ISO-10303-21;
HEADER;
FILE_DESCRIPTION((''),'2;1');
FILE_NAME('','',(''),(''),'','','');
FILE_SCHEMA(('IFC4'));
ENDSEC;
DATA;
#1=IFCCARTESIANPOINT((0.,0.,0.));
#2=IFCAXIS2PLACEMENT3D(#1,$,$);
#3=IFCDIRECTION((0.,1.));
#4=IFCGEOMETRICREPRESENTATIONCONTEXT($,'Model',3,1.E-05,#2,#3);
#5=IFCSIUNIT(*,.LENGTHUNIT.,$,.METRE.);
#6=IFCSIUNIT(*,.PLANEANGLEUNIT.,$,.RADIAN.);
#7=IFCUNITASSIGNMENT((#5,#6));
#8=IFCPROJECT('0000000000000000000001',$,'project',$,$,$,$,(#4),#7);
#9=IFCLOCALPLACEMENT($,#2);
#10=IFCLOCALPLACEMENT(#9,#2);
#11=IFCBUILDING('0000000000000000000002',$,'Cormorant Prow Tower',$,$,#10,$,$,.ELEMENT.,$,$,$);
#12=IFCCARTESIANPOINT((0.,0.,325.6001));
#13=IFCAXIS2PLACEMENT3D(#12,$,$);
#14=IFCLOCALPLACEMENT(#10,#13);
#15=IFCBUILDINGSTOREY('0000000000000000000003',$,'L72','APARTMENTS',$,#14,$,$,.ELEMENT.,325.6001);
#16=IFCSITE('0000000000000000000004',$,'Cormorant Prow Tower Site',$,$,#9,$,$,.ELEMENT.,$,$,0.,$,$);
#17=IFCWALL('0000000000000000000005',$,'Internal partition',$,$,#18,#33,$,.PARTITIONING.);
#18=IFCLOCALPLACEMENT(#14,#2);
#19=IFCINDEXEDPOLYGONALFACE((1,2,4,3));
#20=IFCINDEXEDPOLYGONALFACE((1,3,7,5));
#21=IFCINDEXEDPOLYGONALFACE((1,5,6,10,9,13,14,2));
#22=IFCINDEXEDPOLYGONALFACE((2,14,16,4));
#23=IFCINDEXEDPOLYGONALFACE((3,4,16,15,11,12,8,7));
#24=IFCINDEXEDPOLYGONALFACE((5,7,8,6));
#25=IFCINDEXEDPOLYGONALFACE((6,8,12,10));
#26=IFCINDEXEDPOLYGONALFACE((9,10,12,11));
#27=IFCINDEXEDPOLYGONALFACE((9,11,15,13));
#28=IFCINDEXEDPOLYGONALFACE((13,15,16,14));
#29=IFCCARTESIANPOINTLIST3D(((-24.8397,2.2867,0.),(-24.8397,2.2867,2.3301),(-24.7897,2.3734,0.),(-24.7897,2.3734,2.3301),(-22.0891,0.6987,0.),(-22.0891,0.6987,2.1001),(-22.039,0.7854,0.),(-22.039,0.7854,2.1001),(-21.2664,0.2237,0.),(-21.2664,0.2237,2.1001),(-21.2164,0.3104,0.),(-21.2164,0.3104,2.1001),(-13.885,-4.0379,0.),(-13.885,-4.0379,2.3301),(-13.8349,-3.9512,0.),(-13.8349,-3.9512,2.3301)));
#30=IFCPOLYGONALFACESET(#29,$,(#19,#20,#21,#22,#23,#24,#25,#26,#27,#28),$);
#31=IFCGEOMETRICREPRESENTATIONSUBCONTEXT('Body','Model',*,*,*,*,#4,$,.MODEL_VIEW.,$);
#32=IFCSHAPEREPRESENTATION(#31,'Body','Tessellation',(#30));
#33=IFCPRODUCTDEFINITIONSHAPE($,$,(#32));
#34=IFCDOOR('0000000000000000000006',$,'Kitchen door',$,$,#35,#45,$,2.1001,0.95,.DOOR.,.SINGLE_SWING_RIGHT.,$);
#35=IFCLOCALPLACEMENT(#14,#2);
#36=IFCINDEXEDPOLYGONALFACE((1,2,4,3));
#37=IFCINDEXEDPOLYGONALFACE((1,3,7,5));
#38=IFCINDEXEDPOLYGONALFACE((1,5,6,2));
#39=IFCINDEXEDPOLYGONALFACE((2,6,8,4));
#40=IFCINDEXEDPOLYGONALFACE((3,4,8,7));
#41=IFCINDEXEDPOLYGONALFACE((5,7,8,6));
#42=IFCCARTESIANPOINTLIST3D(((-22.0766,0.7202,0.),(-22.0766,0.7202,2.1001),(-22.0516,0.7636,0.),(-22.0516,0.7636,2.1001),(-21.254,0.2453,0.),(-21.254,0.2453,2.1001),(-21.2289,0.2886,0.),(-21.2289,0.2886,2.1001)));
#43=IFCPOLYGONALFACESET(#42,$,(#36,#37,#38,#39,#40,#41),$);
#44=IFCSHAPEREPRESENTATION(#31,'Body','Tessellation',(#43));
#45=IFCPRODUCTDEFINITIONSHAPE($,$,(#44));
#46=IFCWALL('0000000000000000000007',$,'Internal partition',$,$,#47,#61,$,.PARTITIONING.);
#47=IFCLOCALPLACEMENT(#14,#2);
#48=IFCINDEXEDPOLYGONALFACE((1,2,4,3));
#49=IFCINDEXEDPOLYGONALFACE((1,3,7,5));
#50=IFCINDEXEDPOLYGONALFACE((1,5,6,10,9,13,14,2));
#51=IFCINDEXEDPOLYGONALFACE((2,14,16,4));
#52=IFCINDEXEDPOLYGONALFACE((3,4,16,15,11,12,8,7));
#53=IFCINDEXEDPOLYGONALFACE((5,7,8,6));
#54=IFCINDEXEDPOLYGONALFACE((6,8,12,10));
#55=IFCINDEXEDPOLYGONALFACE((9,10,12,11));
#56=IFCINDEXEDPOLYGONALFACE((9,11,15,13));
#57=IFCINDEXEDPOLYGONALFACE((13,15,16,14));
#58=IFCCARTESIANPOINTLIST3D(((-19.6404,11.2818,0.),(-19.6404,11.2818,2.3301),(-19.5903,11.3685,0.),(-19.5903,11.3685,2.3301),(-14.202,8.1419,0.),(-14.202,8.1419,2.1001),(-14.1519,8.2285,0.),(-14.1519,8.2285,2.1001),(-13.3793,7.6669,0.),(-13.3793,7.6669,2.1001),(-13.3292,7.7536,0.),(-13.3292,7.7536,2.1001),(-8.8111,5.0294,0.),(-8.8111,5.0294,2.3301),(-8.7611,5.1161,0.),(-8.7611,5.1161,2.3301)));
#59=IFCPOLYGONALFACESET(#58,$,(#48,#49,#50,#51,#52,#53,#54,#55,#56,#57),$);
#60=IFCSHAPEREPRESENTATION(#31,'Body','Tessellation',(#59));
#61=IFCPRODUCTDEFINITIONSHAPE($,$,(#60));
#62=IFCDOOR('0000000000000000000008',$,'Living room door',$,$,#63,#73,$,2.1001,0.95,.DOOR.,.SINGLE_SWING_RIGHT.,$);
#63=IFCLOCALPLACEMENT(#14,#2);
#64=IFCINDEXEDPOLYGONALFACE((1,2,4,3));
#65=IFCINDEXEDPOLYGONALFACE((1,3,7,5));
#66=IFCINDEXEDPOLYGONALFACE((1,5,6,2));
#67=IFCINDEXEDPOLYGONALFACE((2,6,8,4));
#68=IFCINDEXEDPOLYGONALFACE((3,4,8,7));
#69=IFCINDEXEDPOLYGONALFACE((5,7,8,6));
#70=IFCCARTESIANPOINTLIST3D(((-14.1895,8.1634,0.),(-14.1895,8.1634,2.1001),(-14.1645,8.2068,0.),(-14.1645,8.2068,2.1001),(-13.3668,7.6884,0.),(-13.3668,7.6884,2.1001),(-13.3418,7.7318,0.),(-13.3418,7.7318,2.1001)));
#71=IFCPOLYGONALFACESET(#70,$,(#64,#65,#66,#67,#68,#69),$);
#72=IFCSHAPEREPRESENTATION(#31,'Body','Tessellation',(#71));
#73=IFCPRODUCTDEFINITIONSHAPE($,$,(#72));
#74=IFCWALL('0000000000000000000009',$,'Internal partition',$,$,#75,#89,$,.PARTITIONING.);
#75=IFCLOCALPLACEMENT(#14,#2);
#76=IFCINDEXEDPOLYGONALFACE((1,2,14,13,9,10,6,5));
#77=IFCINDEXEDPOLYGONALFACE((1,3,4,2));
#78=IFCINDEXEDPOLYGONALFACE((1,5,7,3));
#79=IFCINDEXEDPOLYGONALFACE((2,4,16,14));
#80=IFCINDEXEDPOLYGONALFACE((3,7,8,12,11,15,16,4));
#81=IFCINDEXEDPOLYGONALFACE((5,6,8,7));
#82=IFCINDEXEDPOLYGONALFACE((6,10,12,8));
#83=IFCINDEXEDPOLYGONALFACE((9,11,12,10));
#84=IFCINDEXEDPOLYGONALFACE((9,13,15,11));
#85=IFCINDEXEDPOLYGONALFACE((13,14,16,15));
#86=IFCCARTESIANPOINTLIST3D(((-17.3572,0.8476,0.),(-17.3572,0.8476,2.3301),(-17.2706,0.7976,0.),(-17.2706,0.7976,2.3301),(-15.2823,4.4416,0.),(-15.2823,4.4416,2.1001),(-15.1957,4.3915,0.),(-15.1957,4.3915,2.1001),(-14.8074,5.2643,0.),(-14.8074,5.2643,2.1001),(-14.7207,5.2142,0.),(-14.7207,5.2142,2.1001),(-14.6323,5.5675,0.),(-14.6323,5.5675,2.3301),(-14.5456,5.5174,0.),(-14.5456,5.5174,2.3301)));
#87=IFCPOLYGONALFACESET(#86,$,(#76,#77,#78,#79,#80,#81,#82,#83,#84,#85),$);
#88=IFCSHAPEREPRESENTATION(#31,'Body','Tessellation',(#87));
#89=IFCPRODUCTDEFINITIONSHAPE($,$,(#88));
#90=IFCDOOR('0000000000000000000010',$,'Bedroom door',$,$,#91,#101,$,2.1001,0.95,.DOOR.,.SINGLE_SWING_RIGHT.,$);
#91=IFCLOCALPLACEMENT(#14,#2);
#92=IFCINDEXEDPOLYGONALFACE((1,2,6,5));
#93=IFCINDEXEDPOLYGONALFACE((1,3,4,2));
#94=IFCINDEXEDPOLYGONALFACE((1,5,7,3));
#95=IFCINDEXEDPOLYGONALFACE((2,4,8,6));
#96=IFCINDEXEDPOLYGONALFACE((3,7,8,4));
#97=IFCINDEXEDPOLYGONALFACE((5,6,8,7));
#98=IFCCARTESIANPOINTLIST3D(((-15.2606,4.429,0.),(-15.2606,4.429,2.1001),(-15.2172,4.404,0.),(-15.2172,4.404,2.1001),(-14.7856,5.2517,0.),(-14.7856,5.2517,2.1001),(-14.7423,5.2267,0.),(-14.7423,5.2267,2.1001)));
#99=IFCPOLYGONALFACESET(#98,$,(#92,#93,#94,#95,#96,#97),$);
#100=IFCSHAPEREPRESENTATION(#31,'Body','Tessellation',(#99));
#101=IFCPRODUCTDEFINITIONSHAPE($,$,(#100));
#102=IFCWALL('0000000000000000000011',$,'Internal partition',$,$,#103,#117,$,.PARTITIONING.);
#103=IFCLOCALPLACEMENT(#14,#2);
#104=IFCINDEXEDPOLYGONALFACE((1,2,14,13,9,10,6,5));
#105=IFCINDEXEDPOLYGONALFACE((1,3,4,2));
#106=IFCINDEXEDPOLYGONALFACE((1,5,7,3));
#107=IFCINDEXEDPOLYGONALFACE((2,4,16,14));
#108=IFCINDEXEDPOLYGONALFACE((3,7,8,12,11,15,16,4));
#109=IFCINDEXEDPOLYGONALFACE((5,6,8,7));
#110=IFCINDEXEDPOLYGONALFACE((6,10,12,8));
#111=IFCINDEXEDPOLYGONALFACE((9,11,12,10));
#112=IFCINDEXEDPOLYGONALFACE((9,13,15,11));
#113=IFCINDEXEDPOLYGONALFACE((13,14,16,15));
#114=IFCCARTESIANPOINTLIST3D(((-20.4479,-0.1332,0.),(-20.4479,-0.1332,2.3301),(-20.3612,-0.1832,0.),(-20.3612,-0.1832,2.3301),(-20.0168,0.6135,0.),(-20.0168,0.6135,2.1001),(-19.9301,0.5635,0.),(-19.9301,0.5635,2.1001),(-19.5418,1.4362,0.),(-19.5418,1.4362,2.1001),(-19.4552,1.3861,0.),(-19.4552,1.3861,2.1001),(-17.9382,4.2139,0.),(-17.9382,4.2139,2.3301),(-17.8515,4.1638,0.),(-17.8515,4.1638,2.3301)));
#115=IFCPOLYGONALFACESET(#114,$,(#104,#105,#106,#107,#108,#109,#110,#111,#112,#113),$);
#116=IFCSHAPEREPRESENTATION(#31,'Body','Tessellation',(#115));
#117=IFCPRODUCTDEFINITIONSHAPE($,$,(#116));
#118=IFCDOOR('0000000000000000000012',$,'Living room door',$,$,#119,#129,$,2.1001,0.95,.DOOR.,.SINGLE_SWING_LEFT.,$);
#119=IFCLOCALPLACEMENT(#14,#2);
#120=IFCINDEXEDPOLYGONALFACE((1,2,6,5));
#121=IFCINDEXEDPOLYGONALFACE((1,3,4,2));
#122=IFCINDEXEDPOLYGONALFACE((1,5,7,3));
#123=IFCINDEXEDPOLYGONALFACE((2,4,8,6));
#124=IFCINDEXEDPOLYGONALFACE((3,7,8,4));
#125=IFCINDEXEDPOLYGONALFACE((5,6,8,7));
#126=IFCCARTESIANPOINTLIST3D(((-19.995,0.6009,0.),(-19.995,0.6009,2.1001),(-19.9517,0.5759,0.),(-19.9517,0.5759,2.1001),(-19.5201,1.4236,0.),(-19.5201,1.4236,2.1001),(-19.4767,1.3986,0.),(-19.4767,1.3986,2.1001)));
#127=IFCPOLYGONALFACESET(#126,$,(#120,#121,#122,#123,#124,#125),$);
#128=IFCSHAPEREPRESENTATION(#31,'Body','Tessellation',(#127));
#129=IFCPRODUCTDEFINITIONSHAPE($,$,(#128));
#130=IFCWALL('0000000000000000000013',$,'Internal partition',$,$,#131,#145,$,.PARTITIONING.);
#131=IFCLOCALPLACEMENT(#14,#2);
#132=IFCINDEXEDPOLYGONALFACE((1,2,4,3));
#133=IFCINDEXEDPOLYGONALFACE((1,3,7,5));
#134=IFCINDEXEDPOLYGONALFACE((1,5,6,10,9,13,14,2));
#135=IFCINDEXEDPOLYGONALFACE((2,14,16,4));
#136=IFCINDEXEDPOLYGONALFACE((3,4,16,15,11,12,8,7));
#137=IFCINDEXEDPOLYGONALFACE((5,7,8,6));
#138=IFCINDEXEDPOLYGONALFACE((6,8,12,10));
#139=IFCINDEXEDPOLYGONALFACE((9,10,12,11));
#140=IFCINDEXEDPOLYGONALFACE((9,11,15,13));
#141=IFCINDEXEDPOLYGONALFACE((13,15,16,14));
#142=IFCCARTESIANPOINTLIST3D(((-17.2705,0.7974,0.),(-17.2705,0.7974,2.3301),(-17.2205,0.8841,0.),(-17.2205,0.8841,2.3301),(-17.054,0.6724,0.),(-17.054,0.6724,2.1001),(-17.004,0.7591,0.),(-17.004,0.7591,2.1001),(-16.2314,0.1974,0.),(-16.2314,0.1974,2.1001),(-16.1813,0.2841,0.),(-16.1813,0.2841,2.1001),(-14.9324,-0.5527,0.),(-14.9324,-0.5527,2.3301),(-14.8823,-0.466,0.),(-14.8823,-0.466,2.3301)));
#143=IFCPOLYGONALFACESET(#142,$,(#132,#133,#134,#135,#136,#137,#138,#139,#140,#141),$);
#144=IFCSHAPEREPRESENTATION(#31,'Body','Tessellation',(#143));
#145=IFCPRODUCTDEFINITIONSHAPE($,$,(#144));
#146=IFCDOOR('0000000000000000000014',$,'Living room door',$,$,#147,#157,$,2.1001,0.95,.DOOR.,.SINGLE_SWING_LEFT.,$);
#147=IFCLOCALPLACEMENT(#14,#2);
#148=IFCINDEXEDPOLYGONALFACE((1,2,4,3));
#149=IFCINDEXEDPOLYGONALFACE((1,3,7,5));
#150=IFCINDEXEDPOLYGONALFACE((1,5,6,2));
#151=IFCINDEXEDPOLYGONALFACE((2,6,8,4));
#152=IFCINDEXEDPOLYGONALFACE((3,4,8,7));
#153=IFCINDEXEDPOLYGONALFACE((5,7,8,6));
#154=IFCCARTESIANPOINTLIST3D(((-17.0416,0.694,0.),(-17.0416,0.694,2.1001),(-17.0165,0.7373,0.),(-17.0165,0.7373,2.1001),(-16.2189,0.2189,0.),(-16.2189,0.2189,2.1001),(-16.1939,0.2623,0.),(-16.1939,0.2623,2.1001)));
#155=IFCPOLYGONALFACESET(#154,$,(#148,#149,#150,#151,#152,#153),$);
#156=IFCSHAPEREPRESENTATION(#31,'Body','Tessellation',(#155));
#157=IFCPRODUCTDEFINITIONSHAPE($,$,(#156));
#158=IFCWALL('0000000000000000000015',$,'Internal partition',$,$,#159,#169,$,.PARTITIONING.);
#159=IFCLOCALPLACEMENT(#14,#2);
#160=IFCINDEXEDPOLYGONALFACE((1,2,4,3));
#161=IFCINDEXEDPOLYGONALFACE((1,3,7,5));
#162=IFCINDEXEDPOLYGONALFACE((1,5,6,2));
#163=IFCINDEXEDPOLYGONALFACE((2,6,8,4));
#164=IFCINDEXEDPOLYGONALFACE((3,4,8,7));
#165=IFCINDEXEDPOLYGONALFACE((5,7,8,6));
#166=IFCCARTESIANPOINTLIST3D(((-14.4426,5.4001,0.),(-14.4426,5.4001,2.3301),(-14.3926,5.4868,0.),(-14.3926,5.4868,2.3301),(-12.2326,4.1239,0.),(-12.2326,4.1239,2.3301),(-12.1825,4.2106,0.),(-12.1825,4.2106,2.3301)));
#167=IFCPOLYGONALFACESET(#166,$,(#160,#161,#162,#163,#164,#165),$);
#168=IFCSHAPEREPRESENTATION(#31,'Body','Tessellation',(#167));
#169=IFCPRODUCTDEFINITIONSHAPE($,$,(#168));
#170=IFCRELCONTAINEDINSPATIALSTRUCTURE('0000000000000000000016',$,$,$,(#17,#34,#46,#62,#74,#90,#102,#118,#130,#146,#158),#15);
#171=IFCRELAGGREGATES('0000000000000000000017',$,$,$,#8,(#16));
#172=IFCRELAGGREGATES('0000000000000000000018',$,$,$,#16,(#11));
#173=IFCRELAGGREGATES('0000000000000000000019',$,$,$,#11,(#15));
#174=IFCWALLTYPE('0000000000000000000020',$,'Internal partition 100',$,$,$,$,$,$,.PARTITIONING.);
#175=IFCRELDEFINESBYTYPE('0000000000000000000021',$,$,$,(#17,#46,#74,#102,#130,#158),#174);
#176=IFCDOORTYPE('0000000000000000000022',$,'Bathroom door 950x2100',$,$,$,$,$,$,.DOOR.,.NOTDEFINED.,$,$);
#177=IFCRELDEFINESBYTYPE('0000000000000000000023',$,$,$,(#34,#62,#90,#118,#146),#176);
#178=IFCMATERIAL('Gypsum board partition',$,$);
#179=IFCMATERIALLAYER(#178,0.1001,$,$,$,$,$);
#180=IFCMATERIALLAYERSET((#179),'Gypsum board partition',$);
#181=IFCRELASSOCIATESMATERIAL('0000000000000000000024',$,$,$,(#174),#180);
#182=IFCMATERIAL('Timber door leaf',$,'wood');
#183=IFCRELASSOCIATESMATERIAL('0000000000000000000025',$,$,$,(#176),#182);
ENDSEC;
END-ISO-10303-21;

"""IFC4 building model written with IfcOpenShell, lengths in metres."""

from ifc_helpers import new_model, si_unit, direction, frame, frame_2d, origin, place, context, subcontext, project, spatial, rectangle, extrude, material, layer, layer_set, type_object, element, fill, save


model = new_model("IFC4")

# Units and contexts
model_context = context("Model", 3, precision=1e-05, world=origin(), true_north=direction((0.0, 1.0)))
body_context = subcontext(model_context, "Body", "Model", "MODEL_VIEW")
ifc_project = project(units=[si_unit("LENGTHUNIT", "METRE"), si_unit("PLANEANGLEUNIT", "RADIAN")], contexts=[model_context])

# Site, building, storey
site_placement = place(None, origin())
site = spatial("IfcSite", under=ifc_project, at=site_placement, Name="Cormorant Prow Tower Site", CompositionType="ELEMENT", RefElevation=0.0)
building_placement = place(site_placement, origin())
building = spatial("IfcBuilding", under=site, at=building_placement, Name="Cormorant Prow Tower", CompositionType="ELEMENT")
storey_placement = place(building_placement, frame((0.0, 0.0, 325.6001)))
storey = spatial("IfcBuildingStorey", under=building, at=storey_placement, Name="L72", Description="APARTMENTS", CompositionType="ELEMENT", Elevation=325.6001)

# Walls, openings, doors
ifc_material_1 = material(Name="Gypsum board partition")
ifc_layer_1 = layer(ifc_material_1, 0.1001)
ifc_layer_set_1 = layer_set([ifc_layer_1], Name="Gypsum board partition")
wall_type_1 = type_object("IfcWallType", Name="Internal partition 100", PredefinedType="PARTITIONING", material=ifc_layer_set_1)
wall_1_placement = place(storey_placement, frame((-24.8147, 2.3301, 0.0), z_axis=(0.0, 0.0, 1.0), x_axis=(0.866028, -0.499996, 0.0)))
wall_1 = element("IfcWall", 1, at=wall_1_placement, inside=storey, type_object=wall_type_1, Name="Internal partition", PredefinedType="PARTITIONING", context=body_context, shape_type="SweptSolid", body=[
    extrude(rectangle(XDim=12.6494, YDim=0.1001, at=frame_2d((6.3247, 0.0))), origin(), (0.0, 0.0, 1.0), 2.3301),
])
opening_1_placement = place(wall_1_placement, frame((3.176, 0.0, 0.0)))
opening_1 = element("IfcOpeningElement", 2, at=opening_1_placement, cuts=wall_1, PredefinedType="OPENING", context=body_context, shape_type="SweptSolid", body=[
    extrude(rectangle(XDim=0.95, YDim=2.1001, at=frame_2d((0.4751, 1.05))), frame((0.0, 0.0601, 0.0), z_axis=(0.0, -1.0, 0.0), x_axis=(1.0, 0.0, 0.0)), (0.0, 0.0, 1.0), 0.1201),
])
ifc_material_2 = material(Name="Timber door leaf", Category="wood")
door_type_1 = type_object("IfcDoorType", Name="Bathroom door 950x2100", OperationType="NOTDEFINED", PredefinedType="DOOR", material=ifc_material_2)
door_1_placement = place(opening_1_placement, origin())
door_1 = element("IfcDoor", 3, at=door_1_placement, inside=storey, type_object=door_type_1, Name="Kitchen door", OperationType="SINGLE_SWING_RIGHT", OverallHeight=2.1001, OverallWidth=0.95, PredefinedType="DOOR", context=body_context, shape_type="SweptSolid", body=[
    extrude(rectangle(XDim=0.95, YDim=2.1001, at=frame_2d((0.4751, 1.05))), frame((0.0, 0.0249, 0.0), z_axis=(0.0, -1.0, 0.0), x_axis=(1.0, 0.0, 0.0)), (0.0, 0.0, 1.0), 0.05),
])
fill(opening_1, door_1)
wall_2_placement = place(storey_placement, frame((-19.6155, 11.3252, 0.0), z_axis=(0.0, 0.0, 1.0), x_axis=(0.866021, -0.500007, 0.0)))
wall_2 = element("IfcWall", 4, at=wall_2_placement, inside=storey, type_object=wall_type_1, Name="Internal partition", PredefinedType="PARTITIONING", context=body_context, shape_type="SweptSolid", body=[
    extrude(rectangle(XDim=12.5046, YDim=0.1001, at=frame_2d((6.2524, 0.0))), origin(), (0.0, 0.0, 1.0), 2.3301),
])
opening_2_placement = place(wall_2_placement, frame((6.2798, 0.0, 0.0)))
opening_2 = element("IfcOpeningElement", 5, at=opening_2_placement, cuts=wall_2, PredefinedType="OPENING", context=body_context, shape_type="SweptSolid", body=[
    extrude(rectangle(XDim=0.95, YDim=2.1001, at=frame_2d((0.4751, 1.05))), frame((0.0, 0.0601, 0.0), z_axis=(0.0, -1.0, 0.0), x_axis=(1.0, 0.0, 0.0)), (0.0, 0.0, 1.0), 0.1201),
])
door_2_placement = place(opening_2_placement, origin())
door_2 = element("IfcDoor", 6, at=door_2_placement, inside=storey, type_object=door_type_1, Name="Living room door", OperationType="SINGLE_SWING_RIGHT", OverallHeight=2.1001, OverallWidth=0.95, PredefinedType="DOOR", context=body_context, shape_type="SweptSolid", body=[
    extrude(rectangle(XDim=0.95, YDim=2.1001, at=frame_2d((0.4751, 1.05))), frame((0.0, 0.0249, 0.0), z_axis=(0.0, -1.0, 0.0), x_axis=(1.0, 0.0, 0.0)), (0.0, 0.0, 1.0), 0.05),
])
fill(opening_2, door_2)
wall_3_placement = place(storey_placement, frame((-17.314, 0.8225, 0.0), z_axis=(0.0, 0.0, 1.0), x_axis=(0.499989, 0.866032, 0.0)))
wall_3 = element("IfcWall", 7, at=wall_3_placement, inside=storey, type_object=wall_type_1, Name="Internal partition", PredefinedType="PARTITIONING", context=body_context, shape_type="SweptSolid", body=[
    extrude(rectangle(XDim=5.45, YDim=0.1001, at=frame_2d((2.7251, 0.0))), origin(), (0.0, 0.0, 1.0), 2.3301),
])
opening_3_placement = place(wall_3_placement, frame((4.1499, 0.0, 0.0)))
opening_3 = element("IfcOpeningElement", 8, at=opening_3_placement, cuts=wall_3, PredefinedType="OPENING", context=body_context, shape_type="SweptSolid", body=[
    extrude(rectangle(XDim=0.95, YDim=2.1001, at=frame_2d((0.4751, 1.05))), frame((0.0, 0.0601, 0.0), z_axis=(0.0, -1.0, 0.0), x_axis=(1.0, 0.0, 0.0)), (0.0, 0.0, 1.0), 0.1201),
])
door_3_placement = place(opening_3_placement, origin())
door_3 = element("IfcDoor", 9, at=door_3_placement, inside=storey, type_object=door_type_1, Name="Bedroom door", OperationType="SINGLE_SWING_RIGHT", OverallHeight=2.1001, OverallWidth=0.95, PredefinedType="DOOR", context=body_context, shape_type="SweptSolid", body=[
    extrude(rectangle(XDim=0.95, YDim=2.1001, at=frame_2d((0.4751, 1.05))), frame((0.0, 0.0249, 0.0), z_axis=(0.0, -1.0, 0.0), x_axis=(1.0, 0.0, 0.0)), (0.0, 0.0, 1.0), 0.05),
])
fill(opening_3, door_3)
wall_4_placement = place(storey_placement, frame((-20.4045, -0.1582, 0.0), z_axis=(0.0, 0.0, 1.0), x_axis=(0.499989, 0.866032, 0.0)))
wall_4 = element("IfcWall", 10, at=wall_4_placement, inside=storey, type_object=wall_type_1, Name="Internal partition", PredefinedType="PARTITIONING", context=body_context, shape_type="SweptSolid", body=[
    extrude(rectangle(XDim=5.0195, YDim=0.1001, at=frame_2d((2.5098, 0.0))), origin(), (0.0, 0.0, 1.0), 2.3301),
])
opening_4_placement = place(wall_4_placement, frame((0.8621, 0.0, 0.0)))
opening_4 = element("IfcOpeningElement", 11, at=opening_4_placement, cuts=wall_4, PredefinedType="OPENING", context=body_context, shape_type="SweptSolid", body=[
    extrude(rectangle(XDim=0.95, YDim=2.1001, at=frame_2d((0.4751, 1.05))), frame((0.0, 0.0601, 0.0), z_axis=(0.0, -1.0, 0.0), x_axis=(1.0, 0.0, 0.0)), (0.0, 0.0, 1.0), 0.1201),
])
door_4_placement = place(opening_4_placement, origin())
door_4 = element("IfcDoor", 12, at=door_4_placement, inside=storey, type_object=door_type_1, Name="Living room door", OperationType="SINGLE_SWING_LEFT", OverallHeight=2.1001, OverallWidth=0.95, PredefinedType="DOOR", context=body_context, shape_type="SweptSolid", body=[
    extrude(rectangle(XDim=0.95, YDim=2.1001, at=frame_2d((0.4751, 1.05))), frame((0.0, 0.0249, 0.0), z_axis=(0.0, -1.0, 0.0), x_axis=(1.0, 0.0, 0.0)), (0.0, 0.0, 1.0), 0.05),
])
fill(opening_4, door_4)
wall_5_placement = place(storey_placement, frame((-17.2456, 0.8408, 0.0), z_axis=(0.0, 0.0, 1.0), x_axis=(0.865997, -0.500049, 0.0)))
wall_5 = element("IfcWall", 13, at=wall_5_placement, inside=storey, type_object=wall_type_1, Name="Internal partition", PredefinedType="PARTITIONING", context=body_context, shape_type="SweptSolid", body=[
    extrude(rectangle(XDim=2.7, YDim=0.1001, at=frame_2d((1.3501, 0.0))), origin(), (0.0, 0.0, 1.0), 2.3301),
])
opening_5_placement = place(wall_5_placement, frame((0.25, 0.0, 0.0)))
opening_5 = element("IfcOpeningElement", 14, at=opening_5_placement, cuts=wall_5, PredefinedType="OPENING", context=body_context, shape_type="SweptSolid", body=[
    extrude(rectangle(XDim=0.95, YDim=2.1001, at=frame_2d((0.4751, 1.05))), frame((0.0, 0.0601, 0.0), z_axis=(0.0, -1.0, 0.0), x_axis=(1.0, 0.0, 0.0)), (0.0, 0.0, 1.0), 0.1201),
])
door_5_placement = place(opening_5_placement, origin())
door_5 = element("IfcDoor", 15, at=door_5_placement, inside=storey, type_object=door_type_1, Name="Living room door", OperationType="SINGLE_SWING_LEFT", OverallHeight=2.1001, OverallWidth=0.95, PredefinedType="DOOR", context=body_context, shape_type="SweptSolid", body=[
    extrude(rectangle(XDim=0.95, YDim=2.1001, at=frame_2d((0.4751, 1.05))), frame((0.0, 0.0249, 0.0), z_axis=(0.0, -1.0, 0.0), x_axis=(1.0, 0.0, 0.0)), (0.0, 0.0, 1.0), 0.05),
])
fill(opening_5, door_5)

# Wall
wall_6_placement = place(storey_placement, frame((-14.4175, 5.4434, 0.0), z_axis=(0.0, 0.0, 1.0), x_axis=(0.865991, -0.500059, 0.0)))
element("IfcWall", 16, at=wall_6_placement, inside=storey, type_object=wall_type_1, Name="Internal partition", PredefinedType="PARTITIONING", context=body_context, shape_type="SweptSolid", body=[
    extrude(rectangle(XDim=2.552, YDim=0.1001, at=frame_2d((1.2759, 0.0))), origin(), (0.0, 0.0, 1.0), 2.3301),
])

save(model, "model.ifc")
